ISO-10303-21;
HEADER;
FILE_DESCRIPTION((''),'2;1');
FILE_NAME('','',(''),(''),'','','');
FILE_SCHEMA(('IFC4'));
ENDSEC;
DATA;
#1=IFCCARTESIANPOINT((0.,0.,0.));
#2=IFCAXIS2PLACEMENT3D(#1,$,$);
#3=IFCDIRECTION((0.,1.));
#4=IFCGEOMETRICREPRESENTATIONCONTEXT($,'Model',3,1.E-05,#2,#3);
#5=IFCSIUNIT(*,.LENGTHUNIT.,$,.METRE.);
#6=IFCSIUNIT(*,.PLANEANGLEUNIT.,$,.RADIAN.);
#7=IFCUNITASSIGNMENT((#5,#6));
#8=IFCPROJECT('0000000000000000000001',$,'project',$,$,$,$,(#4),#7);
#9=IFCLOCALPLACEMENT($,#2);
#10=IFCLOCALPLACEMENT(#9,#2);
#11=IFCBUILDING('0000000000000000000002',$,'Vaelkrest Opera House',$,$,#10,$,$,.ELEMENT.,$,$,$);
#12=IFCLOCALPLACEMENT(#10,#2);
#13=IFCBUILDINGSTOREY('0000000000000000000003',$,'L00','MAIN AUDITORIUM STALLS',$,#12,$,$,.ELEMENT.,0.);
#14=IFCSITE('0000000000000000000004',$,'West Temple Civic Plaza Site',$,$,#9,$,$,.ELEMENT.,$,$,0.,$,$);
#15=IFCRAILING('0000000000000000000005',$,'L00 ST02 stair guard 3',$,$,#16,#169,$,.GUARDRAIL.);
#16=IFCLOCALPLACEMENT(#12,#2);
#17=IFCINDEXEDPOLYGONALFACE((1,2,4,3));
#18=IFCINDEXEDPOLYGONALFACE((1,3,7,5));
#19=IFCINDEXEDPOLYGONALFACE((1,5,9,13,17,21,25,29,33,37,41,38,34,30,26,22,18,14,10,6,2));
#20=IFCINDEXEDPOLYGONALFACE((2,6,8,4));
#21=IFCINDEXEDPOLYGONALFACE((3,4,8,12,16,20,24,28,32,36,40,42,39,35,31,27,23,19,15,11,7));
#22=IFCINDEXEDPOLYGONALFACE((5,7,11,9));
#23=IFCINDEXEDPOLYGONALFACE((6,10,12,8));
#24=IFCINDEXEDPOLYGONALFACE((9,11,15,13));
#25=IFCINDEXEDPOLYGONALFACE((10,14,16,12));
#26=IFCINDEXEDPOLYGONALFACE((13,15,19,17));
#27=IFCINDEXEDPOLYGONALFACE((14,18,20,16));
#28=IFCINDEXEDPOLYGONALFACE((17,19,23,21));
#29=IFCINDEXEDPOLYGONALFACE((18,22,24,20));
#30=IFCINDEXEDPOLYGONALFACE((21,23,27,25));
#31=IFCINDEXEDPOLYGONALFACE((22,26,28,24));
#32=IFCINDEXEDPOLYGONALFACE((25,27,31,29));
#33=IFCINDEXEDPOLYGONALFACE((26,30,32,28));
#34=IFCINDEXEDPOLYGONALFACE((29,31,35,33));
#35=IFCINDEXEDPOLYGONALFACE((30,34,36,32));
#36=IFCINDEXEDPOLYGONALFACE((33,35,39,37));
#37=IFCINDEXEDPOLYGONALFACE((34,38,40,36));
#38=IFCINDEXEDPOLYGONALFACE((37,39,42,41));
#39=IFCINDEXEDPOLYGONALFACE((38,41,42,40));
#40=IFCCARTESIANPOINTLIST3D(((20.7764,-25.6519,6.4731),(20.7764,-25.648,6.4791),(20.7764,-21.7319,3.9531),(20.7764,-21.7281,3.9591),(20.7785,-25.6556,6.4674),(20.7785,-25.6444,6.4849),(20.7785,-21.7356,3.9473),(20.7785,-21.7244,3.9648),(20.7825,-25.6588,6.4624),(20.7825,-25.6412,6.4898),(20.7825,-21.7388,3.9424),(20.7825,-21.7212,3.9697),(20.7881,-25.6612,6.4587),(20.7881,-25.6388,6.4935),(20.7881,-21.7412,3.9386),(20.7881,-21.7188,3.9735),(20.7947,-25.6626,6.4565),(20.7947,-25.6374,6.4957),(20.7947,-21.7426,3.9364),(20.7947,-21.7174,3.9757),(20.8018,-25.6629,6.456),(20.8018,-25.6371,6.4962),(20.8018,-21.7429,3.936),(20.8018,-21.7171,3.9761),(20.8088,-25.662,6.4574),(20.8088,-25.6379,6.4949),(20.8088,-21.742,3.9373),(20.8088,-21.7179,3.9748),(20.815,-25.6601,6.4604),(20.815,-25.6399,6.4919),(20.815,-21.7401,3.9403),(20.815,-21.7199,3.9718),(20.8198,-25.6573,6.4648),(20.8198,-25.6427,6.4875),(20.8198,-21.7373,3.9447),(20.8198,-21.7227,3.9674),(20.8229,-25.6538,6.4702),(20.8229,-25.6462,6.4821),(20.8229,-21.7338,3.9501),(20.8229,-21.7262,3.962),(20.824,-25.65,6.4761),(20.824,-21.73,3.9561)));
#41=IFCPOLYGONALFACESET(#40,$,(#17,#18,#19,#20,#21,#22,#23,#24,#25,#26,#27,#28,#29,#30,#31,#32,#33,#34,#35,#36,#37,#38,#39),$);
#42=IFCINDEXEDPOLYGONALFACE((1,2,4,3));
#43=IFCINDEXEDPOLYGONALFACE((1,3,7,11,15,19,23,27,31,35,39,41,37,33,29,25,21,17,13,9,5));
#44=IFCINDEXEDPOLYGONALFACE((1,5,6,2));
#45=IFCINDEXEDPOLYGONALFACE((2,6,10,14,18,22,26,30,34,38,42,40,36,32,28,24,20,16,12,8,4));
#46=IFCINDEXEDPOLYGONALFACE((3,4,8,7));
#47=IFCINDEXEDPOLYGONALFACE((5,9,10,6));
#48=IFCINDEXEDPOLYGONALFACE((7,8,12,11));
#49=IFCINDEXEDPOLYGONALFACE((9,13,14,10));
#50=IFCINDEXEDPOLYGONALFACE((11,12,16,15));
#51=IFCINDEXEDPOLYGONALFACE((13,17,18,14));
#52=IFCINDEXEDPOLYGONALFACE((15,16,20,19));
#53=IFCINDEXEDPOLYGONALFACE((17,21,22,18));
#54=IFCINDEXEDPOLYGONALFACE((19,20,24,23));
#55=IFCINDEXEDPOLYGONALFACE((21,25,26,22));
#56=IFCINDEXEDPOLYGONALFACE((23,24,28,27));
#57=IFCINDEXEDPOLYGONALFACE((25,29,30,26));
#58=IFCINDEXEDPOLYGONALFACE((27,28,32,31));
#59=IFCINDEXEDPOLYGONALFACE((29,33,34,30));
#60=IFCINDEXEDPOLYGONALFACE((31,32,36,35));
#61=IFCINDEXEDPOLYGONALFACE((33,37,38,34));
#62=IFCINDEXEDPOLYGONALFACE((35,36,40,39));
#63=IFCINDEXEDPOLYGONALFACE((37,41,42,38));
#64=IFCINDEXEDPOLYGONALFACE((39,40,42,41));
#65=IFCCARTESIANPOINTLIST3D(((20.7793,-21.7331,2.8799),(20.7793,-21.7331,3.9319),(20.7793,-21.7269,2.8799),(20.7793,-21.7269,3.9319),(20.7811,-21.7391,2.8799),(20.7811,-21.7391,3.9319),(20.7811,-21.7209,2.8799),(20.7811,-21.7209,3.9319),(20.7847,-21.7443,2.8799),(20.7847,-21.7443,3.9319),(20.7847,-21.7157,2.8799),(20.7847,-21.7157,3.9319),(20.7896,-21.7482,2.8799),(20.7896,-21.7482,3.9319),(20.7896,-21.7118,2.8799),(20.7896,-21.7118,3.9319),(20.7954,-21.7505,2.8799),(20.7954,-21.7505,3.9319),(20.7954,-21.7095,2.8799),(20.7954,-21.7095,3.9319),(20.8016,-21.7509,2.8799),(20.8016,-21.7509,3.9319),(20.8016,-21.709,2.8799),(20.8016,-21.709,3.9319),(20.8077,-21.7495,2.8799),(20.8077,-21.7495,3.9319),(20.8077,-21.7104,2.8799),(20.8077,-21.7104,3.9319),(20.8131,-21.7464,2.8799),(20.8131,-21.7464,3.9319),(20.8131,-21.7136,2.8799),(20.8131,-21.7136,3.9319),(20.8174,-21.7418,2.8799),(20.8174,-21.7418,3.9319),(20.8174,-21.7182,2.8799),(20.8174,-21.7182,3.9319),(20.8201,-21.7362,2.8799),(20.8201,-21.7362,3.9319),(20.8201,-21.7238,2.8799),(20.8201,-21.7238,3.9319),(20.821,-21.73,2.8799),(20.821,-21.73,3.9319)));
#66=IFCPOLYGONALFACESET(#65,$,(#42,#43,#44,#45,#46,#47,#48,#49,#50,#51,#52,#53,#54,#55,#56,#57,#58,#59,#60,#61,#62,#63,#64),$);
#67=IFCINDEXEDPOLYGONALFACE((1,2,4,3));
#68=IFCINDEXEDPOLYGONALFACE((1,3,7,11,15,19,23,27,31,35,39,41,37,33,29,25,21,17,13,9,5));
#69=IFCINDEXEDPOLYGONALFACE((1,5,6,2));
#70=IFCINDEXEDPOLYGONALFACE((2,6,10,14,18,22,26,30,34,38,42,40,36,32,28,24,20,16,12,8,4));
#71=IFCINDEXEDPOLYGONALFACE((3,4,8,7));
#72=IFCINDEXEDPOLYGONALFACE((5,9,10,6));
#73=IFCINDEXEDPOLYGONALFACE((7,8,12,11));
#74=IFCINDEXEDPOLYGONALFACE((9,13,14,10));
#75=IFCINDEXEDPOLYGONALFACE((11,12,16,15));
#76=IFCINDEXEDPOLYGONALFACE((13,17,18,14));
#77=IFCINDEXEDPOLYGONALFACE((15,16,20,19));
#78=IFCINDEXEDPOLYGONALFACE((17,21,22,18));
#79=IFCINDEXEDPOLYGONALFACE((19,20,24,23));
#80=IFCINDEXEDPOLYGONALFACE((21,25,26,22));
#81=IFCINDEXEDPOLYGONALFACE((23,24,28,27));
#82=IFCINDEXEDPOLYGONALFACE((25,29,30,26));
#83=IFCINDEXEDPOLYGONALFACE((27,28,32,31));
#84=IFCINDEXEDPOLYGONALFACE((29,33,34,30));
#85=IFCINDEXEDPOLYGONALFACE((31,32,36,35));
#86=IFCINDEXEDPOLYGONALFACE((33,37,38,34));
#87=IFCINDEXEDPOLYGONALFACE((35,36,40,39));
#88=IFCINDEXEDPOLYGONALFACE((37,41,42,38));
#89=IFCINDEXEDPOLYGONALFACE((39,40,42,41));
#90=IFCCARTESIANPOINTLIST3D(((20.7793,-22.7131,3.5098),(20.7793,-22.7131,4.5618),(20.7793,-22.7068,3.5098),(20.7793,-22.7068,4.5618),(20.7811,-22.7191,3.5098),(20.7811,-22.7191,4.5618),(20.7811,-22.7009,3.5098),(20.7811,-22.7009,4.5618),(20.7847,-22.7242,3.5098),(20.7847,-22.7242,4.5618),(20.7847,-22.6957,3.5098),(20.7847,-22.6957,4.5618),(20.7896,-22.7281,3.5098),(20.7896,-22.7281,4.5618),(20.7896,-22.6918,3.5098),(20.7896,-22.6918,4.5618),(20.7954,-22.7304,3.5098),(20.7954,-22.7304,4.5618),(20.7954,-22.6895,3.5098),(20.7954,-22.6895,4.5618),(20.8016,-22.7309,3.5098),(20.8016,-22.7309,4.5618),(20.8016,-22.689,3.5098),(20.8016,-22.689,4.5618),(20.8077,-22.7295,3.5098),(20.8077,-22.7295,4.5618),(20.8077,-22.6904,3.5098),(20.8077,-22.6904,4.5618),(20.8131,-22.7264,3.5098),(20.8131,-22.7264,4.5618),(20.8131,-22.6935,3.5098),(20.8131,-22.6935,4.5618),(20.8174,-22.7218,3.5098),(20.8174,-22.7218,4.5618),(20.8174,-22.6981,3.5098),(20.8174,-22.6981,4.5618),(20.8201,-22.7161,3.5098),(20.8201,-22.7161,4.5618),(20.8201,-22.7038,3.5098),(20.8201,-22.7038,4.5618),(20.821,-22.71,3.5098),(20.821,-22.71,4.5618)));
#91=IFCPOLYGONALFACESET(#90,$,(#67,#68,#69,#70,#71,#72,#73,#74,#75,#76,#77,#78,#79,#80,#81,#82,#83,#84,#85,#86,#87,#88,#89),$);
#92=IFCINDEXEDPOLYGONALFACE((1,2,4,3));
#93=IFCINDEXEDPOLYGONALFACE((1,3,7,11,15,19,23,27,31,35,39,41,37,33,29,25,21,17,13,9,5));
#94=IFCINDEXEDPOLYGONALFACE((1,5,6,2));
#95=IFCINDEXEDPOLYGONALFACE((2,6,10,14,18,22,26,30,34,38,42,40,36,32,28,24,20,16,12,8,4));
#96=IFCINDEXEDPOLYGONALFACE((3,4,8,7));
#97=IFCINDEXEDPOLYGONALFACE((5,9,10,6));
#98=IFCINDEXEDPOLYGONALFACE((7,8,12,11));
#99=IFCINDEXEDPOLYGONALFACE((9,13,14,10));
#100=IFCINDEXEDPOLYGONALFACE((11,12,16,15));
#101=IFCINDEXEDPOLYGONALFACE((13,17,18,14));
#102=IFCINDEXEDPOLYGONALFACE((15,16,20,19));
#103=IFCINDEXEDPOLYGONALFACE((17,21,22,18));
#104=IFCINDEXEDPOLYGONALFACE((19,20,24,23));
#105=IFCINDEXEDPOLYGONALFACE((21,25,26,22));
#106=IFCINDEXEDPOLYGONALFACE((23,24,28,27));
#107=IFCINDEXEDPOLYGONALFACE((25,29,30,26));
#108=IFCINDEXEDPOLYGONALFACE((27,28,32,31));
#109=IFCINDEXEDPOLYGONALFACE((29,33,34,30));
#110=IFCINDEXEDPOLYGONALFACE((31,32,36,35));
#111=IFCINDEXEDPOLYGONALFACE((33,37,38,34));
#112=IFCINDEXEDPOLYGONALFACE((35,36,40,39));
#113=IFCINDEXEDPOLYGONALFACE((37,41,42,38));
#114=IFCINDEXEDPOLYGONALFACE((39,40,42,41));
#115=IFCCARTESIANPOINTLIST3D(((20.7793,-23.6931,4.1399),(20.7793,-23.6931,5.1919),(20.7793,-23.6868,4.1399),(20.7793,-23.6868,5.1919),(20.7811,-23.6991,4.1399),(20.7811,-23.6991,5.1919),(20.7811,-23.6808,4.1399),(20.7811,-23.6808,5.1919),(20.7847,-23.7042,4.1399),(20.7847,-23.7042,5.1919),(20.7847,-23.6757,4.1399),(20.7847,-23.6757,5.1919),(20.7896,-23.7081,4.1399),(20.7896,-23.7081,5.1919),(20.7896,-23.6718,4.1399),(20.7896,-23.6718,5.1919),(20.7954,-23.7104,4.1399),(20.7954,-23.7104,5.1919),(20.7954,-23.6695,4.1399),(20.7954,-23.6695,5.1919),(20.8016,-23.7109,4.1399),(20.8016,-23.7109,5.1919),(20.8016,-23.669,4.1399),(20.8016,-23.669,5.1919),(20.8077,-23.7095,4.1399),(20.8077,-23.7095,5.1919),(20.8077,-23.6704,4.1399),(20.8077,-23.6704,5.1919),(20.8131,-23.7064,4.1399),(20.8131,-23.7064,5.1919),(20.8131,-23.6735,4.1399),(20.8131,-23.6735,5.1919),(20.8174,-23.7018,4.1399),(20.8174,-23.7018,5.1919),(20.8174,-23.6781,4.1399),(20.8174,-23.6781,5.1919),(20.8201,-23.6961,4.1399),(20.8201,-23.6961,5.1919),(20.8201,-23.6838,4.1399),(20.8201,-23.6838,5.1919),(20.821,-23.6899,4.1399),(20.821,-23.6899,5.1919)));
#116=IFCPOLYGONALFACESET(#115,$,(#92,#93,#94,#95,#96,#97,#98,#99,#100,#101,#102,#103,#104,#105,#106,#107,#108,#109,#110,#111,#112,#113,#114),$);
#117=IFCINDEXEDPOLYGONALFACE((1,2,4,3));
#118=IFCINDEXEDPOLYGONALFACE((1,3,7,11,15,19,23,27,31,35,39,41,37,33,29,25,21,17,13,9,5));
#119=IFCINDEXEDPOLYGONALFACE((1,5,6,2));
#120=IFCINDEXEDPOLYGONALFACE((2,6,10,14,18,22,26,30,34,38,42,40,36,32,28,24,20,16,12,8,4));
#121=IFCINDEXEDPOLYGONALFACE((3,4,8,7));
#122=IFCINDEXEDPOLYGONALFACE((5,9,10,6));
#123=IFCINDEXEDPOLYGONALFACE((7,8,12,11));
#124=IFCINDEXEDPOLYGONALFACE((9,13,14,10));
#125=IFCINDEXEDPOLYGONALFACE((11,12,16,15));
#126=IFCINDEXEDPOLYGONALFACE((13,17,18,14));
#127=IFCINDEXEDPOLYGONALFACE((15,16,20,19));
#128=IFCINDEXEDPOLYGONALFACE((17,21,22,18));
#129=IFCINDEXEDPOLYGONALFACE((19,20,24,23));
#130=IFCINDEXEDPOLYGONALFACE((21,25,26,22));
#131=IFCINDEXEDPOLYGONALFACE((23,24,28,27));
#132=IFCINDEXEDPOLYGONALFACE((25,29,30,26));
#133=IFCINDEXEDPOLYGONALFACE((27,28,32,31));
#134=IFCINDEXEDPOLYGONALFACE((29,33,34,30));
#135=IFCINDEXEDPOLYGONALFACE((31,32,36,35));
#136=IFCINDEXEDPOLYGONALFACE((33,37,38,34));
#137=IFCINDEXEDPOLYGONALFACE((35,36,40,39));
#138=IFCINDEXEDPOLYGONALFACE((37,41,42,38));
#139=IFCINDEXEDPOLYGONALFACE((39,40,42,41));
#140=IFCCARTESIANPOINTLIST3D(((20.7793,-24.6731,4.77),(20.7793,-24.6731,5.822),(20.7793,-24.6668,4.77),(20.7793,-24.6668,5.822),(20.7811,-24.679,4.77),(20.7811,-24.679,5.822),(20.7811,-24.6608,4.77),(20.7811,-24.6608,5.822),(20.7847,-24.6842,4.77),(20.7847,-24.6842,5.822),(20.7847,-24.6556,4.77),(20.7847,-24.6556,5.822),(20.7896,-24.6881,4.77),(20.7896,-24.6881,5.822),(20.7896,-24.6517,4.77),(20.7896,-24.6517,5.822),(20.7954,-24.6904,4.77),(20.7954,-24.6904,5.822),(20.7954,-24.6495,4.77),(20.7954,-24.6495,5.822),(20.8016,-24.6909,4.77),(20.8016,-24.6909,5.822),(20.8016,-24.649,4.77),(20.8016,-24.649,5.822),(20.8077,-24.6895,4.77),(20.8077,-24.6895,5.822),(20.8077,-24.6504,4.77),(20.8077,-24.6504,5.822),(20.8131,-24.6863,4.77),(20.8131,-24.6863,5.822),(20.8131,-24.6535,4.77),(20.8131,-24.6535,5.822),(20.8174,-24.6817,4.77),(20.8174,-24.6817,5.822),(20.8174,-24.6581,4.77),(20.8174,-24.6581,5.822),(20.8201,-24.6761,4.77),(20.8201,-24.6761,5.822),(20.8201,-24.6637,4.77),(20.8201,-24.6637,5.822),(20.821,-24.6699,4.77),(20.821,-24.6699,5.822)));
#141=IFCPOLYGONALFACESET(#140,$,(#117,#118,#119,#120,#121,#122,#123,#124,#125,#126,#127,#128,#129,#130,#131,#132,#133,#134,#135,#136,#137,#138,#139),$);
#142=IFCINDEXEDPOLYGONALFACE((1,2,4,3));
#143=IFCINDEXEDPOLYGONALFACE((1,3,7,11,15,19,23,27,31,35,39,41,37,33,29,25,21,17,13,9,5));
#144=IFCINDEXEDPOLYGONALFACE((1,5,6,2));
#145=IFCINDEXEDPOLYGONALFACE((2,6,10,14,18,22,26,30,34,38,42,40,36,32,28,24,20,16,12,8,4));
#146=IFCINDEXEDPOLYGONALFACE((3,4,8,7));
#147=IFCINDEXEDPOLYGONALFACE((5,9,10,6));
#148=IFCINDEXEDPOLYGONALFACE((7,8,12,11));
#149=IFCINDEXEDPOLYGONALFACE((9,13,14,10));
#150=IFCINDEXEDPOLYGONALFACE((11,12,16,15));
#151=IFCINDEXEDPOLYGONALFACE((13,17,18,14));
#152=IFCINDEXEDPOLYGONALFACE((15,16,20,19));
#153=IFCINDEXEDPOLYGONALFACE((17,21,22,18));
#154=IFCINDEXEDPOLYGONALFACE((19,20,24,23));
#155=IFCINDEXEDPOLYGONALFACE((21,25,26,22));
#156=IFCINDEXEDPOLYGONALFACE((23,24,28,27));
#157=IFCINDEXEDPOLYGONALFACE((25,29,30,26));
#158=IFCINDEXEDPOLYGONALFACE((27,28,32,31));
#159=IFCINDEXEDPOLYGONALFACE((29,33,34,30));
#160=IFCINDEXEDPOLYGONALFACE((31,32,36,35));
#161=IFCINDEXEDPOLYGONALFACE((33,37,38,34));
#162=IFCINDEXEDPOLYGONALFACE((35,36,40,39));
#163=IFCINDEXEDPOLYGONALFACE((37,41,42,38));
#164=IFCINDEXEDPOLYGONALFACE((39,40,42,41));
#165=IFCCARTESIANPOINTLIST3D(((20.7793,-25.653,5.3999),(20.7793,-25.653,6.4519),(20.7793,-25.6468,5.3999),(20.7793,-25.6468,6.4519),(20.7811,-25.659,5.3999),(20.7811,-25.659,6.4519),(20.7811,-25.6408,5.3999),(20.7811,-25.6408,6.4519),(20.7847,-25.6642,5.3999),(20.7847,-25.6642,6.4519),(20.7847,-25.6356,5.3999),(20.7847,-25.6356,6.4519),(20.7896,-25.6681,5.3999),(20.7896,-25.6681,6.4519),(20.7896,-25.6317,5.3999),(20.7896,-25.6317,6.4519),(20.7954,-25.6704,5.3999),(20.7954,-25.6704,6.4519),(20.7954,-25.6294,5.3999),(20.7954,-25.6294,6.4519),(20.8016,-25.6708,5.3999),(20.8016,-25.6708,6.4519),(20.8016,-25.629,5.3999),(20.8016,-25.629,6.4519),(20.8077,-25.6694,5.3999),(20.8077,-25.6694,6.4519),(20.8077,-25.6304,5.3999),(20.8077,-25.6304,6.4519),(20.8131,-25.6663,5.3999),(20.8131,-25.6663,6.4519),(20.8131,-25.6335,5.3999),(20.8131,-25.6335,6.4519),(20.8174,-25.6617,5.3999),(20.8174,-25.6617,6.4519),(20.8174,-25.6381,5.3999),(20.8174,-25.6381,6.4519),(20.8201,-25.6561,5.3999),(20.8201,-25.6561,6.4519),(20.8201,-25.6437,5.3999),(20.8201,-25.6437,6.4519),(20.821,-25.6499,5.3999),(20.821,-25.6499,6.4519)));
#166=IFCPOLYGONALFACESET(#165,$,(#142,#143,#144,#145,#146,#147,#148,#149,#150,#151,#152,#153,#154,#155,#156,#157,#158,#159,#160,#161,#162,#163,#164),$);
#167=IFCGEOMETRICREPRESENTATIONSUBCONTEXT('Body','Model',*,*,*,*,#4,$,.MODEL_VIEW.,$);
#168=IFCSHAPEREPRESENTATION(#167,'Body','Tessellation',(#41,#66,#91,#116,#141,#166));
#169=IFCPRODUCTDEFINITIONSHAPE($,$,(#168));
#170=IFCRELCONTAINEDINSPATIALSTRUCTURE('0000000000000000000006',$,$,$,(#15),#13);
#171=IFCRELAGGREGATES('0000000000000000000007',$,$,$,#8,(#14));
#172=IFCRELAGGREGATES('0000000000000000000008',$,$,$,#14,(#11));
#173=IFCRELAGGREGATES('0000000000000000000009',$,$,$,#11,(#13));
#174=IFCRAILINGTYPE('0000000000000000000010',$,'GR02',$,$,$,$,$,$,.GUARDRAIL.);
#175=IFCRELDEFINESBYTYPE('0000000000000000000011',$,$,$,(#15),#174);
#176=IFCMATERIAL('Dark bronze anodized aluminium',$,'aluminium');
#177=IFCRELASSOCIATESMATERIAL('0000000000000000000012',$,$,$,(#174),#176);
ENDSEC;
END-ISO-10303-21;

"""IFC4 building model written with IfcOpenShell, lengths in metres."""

from ifc_helpers import new_model, si_unit, direction, frame, origin, origin_2d, place, context, subcontext, project, spatial, circle, extrude, material, type_object, element, save


model = new_model("IFC4")

# Units and contexts
model_context = context("Model", 3, precision=1e-05, world=origin(), true_north=direction((0.0, 1.0)))
body_context = subcontext(model_context, "Body", "Model", "MODEL_VIEW")
ifc_project = project(units=[si_unit("LENGTHUNIT", "METRE"), si_unit("PLANEANGLEUNIT", "RADIAN")], contexts=[model_context])

# Site, building, storey
site_placement = place(None, origin())
site = spatial("IfcSite", under=ifc_project, at=site_placement, Name="West Temple Civic Plaza Site", CompositionType="ELEMENT", RefElevation=0.0)
building_placement = place(site_placement, origin())
building = spatial("IfcBuilding", under=site, at=building_placement, Name="Vaelkrest Opera House", CompositionType="ELEMENT")
storey_placement = place(building_placement, origin())
storey = spatial("IfcBuildingStorey", under=building, at=storey_placement, Name="L00", Description="MAIN AUDITORIUM STALLS", CompositionType="ELEMENT", Elevation=0.0)

# Railing
ifc_material_1 = material(Name="Dark bronze anodized aluminium", Category="aluminium")
railing_type_1 = type_object("IfcRailingType", Name="GR02", PredefinedType="GUARDRAIL", material=ifc_material_1)
railing_1_placement = place(storey_placement, frame((20.8, -21.73, 2.8799)))
element("IfcRailing", 1, at=railing_1_placement, inside=storey, type_object=railing_type_1, Name="L00 ST02 stair guard 3", PredefinedType="GUARDRAIL", context=body_context, shape_type="SweptSolid", body=[
    extrude(circle(Radius=0.0239, at=origin_2d()), frame((0.0, 0.0, 1.0762), z_axis=(0.0, -0.841172, 0.540768), x_axis=(1.0, 0.0, 0.0)), (0.0, 0.0, 1.0), 4.6602),
    extrude(circle(Radius=0.021, at=origin_2d()), origin(), (0.0, 0.0, 1.0), 1.052),
    extrude(circle(Radius=0.021, at=origin_2d()), frame((0.0, -0.98, 0.6299)), (0.0, 0.0, 1.0), 1.052),
    extrude(circle(Radius=0.021, at=origin_2d()), frame((0.0, -1.96, 1.26)), (0.0, 0.0, 1.0), 1.052),
    extrude(circle(Radius=0.021, at=origin_2d()), frame((0.0, -2.9399, 1.8901)), (0.0, 0.0, 1.0), 1.052),
    extrude(circle(Radius=0.021, at=origin_2d()), frame((0.0, -3.9199, 2.52)), (0.0, 0.0, 1.0), 1.052),
])

save(model, "model.ifc")
